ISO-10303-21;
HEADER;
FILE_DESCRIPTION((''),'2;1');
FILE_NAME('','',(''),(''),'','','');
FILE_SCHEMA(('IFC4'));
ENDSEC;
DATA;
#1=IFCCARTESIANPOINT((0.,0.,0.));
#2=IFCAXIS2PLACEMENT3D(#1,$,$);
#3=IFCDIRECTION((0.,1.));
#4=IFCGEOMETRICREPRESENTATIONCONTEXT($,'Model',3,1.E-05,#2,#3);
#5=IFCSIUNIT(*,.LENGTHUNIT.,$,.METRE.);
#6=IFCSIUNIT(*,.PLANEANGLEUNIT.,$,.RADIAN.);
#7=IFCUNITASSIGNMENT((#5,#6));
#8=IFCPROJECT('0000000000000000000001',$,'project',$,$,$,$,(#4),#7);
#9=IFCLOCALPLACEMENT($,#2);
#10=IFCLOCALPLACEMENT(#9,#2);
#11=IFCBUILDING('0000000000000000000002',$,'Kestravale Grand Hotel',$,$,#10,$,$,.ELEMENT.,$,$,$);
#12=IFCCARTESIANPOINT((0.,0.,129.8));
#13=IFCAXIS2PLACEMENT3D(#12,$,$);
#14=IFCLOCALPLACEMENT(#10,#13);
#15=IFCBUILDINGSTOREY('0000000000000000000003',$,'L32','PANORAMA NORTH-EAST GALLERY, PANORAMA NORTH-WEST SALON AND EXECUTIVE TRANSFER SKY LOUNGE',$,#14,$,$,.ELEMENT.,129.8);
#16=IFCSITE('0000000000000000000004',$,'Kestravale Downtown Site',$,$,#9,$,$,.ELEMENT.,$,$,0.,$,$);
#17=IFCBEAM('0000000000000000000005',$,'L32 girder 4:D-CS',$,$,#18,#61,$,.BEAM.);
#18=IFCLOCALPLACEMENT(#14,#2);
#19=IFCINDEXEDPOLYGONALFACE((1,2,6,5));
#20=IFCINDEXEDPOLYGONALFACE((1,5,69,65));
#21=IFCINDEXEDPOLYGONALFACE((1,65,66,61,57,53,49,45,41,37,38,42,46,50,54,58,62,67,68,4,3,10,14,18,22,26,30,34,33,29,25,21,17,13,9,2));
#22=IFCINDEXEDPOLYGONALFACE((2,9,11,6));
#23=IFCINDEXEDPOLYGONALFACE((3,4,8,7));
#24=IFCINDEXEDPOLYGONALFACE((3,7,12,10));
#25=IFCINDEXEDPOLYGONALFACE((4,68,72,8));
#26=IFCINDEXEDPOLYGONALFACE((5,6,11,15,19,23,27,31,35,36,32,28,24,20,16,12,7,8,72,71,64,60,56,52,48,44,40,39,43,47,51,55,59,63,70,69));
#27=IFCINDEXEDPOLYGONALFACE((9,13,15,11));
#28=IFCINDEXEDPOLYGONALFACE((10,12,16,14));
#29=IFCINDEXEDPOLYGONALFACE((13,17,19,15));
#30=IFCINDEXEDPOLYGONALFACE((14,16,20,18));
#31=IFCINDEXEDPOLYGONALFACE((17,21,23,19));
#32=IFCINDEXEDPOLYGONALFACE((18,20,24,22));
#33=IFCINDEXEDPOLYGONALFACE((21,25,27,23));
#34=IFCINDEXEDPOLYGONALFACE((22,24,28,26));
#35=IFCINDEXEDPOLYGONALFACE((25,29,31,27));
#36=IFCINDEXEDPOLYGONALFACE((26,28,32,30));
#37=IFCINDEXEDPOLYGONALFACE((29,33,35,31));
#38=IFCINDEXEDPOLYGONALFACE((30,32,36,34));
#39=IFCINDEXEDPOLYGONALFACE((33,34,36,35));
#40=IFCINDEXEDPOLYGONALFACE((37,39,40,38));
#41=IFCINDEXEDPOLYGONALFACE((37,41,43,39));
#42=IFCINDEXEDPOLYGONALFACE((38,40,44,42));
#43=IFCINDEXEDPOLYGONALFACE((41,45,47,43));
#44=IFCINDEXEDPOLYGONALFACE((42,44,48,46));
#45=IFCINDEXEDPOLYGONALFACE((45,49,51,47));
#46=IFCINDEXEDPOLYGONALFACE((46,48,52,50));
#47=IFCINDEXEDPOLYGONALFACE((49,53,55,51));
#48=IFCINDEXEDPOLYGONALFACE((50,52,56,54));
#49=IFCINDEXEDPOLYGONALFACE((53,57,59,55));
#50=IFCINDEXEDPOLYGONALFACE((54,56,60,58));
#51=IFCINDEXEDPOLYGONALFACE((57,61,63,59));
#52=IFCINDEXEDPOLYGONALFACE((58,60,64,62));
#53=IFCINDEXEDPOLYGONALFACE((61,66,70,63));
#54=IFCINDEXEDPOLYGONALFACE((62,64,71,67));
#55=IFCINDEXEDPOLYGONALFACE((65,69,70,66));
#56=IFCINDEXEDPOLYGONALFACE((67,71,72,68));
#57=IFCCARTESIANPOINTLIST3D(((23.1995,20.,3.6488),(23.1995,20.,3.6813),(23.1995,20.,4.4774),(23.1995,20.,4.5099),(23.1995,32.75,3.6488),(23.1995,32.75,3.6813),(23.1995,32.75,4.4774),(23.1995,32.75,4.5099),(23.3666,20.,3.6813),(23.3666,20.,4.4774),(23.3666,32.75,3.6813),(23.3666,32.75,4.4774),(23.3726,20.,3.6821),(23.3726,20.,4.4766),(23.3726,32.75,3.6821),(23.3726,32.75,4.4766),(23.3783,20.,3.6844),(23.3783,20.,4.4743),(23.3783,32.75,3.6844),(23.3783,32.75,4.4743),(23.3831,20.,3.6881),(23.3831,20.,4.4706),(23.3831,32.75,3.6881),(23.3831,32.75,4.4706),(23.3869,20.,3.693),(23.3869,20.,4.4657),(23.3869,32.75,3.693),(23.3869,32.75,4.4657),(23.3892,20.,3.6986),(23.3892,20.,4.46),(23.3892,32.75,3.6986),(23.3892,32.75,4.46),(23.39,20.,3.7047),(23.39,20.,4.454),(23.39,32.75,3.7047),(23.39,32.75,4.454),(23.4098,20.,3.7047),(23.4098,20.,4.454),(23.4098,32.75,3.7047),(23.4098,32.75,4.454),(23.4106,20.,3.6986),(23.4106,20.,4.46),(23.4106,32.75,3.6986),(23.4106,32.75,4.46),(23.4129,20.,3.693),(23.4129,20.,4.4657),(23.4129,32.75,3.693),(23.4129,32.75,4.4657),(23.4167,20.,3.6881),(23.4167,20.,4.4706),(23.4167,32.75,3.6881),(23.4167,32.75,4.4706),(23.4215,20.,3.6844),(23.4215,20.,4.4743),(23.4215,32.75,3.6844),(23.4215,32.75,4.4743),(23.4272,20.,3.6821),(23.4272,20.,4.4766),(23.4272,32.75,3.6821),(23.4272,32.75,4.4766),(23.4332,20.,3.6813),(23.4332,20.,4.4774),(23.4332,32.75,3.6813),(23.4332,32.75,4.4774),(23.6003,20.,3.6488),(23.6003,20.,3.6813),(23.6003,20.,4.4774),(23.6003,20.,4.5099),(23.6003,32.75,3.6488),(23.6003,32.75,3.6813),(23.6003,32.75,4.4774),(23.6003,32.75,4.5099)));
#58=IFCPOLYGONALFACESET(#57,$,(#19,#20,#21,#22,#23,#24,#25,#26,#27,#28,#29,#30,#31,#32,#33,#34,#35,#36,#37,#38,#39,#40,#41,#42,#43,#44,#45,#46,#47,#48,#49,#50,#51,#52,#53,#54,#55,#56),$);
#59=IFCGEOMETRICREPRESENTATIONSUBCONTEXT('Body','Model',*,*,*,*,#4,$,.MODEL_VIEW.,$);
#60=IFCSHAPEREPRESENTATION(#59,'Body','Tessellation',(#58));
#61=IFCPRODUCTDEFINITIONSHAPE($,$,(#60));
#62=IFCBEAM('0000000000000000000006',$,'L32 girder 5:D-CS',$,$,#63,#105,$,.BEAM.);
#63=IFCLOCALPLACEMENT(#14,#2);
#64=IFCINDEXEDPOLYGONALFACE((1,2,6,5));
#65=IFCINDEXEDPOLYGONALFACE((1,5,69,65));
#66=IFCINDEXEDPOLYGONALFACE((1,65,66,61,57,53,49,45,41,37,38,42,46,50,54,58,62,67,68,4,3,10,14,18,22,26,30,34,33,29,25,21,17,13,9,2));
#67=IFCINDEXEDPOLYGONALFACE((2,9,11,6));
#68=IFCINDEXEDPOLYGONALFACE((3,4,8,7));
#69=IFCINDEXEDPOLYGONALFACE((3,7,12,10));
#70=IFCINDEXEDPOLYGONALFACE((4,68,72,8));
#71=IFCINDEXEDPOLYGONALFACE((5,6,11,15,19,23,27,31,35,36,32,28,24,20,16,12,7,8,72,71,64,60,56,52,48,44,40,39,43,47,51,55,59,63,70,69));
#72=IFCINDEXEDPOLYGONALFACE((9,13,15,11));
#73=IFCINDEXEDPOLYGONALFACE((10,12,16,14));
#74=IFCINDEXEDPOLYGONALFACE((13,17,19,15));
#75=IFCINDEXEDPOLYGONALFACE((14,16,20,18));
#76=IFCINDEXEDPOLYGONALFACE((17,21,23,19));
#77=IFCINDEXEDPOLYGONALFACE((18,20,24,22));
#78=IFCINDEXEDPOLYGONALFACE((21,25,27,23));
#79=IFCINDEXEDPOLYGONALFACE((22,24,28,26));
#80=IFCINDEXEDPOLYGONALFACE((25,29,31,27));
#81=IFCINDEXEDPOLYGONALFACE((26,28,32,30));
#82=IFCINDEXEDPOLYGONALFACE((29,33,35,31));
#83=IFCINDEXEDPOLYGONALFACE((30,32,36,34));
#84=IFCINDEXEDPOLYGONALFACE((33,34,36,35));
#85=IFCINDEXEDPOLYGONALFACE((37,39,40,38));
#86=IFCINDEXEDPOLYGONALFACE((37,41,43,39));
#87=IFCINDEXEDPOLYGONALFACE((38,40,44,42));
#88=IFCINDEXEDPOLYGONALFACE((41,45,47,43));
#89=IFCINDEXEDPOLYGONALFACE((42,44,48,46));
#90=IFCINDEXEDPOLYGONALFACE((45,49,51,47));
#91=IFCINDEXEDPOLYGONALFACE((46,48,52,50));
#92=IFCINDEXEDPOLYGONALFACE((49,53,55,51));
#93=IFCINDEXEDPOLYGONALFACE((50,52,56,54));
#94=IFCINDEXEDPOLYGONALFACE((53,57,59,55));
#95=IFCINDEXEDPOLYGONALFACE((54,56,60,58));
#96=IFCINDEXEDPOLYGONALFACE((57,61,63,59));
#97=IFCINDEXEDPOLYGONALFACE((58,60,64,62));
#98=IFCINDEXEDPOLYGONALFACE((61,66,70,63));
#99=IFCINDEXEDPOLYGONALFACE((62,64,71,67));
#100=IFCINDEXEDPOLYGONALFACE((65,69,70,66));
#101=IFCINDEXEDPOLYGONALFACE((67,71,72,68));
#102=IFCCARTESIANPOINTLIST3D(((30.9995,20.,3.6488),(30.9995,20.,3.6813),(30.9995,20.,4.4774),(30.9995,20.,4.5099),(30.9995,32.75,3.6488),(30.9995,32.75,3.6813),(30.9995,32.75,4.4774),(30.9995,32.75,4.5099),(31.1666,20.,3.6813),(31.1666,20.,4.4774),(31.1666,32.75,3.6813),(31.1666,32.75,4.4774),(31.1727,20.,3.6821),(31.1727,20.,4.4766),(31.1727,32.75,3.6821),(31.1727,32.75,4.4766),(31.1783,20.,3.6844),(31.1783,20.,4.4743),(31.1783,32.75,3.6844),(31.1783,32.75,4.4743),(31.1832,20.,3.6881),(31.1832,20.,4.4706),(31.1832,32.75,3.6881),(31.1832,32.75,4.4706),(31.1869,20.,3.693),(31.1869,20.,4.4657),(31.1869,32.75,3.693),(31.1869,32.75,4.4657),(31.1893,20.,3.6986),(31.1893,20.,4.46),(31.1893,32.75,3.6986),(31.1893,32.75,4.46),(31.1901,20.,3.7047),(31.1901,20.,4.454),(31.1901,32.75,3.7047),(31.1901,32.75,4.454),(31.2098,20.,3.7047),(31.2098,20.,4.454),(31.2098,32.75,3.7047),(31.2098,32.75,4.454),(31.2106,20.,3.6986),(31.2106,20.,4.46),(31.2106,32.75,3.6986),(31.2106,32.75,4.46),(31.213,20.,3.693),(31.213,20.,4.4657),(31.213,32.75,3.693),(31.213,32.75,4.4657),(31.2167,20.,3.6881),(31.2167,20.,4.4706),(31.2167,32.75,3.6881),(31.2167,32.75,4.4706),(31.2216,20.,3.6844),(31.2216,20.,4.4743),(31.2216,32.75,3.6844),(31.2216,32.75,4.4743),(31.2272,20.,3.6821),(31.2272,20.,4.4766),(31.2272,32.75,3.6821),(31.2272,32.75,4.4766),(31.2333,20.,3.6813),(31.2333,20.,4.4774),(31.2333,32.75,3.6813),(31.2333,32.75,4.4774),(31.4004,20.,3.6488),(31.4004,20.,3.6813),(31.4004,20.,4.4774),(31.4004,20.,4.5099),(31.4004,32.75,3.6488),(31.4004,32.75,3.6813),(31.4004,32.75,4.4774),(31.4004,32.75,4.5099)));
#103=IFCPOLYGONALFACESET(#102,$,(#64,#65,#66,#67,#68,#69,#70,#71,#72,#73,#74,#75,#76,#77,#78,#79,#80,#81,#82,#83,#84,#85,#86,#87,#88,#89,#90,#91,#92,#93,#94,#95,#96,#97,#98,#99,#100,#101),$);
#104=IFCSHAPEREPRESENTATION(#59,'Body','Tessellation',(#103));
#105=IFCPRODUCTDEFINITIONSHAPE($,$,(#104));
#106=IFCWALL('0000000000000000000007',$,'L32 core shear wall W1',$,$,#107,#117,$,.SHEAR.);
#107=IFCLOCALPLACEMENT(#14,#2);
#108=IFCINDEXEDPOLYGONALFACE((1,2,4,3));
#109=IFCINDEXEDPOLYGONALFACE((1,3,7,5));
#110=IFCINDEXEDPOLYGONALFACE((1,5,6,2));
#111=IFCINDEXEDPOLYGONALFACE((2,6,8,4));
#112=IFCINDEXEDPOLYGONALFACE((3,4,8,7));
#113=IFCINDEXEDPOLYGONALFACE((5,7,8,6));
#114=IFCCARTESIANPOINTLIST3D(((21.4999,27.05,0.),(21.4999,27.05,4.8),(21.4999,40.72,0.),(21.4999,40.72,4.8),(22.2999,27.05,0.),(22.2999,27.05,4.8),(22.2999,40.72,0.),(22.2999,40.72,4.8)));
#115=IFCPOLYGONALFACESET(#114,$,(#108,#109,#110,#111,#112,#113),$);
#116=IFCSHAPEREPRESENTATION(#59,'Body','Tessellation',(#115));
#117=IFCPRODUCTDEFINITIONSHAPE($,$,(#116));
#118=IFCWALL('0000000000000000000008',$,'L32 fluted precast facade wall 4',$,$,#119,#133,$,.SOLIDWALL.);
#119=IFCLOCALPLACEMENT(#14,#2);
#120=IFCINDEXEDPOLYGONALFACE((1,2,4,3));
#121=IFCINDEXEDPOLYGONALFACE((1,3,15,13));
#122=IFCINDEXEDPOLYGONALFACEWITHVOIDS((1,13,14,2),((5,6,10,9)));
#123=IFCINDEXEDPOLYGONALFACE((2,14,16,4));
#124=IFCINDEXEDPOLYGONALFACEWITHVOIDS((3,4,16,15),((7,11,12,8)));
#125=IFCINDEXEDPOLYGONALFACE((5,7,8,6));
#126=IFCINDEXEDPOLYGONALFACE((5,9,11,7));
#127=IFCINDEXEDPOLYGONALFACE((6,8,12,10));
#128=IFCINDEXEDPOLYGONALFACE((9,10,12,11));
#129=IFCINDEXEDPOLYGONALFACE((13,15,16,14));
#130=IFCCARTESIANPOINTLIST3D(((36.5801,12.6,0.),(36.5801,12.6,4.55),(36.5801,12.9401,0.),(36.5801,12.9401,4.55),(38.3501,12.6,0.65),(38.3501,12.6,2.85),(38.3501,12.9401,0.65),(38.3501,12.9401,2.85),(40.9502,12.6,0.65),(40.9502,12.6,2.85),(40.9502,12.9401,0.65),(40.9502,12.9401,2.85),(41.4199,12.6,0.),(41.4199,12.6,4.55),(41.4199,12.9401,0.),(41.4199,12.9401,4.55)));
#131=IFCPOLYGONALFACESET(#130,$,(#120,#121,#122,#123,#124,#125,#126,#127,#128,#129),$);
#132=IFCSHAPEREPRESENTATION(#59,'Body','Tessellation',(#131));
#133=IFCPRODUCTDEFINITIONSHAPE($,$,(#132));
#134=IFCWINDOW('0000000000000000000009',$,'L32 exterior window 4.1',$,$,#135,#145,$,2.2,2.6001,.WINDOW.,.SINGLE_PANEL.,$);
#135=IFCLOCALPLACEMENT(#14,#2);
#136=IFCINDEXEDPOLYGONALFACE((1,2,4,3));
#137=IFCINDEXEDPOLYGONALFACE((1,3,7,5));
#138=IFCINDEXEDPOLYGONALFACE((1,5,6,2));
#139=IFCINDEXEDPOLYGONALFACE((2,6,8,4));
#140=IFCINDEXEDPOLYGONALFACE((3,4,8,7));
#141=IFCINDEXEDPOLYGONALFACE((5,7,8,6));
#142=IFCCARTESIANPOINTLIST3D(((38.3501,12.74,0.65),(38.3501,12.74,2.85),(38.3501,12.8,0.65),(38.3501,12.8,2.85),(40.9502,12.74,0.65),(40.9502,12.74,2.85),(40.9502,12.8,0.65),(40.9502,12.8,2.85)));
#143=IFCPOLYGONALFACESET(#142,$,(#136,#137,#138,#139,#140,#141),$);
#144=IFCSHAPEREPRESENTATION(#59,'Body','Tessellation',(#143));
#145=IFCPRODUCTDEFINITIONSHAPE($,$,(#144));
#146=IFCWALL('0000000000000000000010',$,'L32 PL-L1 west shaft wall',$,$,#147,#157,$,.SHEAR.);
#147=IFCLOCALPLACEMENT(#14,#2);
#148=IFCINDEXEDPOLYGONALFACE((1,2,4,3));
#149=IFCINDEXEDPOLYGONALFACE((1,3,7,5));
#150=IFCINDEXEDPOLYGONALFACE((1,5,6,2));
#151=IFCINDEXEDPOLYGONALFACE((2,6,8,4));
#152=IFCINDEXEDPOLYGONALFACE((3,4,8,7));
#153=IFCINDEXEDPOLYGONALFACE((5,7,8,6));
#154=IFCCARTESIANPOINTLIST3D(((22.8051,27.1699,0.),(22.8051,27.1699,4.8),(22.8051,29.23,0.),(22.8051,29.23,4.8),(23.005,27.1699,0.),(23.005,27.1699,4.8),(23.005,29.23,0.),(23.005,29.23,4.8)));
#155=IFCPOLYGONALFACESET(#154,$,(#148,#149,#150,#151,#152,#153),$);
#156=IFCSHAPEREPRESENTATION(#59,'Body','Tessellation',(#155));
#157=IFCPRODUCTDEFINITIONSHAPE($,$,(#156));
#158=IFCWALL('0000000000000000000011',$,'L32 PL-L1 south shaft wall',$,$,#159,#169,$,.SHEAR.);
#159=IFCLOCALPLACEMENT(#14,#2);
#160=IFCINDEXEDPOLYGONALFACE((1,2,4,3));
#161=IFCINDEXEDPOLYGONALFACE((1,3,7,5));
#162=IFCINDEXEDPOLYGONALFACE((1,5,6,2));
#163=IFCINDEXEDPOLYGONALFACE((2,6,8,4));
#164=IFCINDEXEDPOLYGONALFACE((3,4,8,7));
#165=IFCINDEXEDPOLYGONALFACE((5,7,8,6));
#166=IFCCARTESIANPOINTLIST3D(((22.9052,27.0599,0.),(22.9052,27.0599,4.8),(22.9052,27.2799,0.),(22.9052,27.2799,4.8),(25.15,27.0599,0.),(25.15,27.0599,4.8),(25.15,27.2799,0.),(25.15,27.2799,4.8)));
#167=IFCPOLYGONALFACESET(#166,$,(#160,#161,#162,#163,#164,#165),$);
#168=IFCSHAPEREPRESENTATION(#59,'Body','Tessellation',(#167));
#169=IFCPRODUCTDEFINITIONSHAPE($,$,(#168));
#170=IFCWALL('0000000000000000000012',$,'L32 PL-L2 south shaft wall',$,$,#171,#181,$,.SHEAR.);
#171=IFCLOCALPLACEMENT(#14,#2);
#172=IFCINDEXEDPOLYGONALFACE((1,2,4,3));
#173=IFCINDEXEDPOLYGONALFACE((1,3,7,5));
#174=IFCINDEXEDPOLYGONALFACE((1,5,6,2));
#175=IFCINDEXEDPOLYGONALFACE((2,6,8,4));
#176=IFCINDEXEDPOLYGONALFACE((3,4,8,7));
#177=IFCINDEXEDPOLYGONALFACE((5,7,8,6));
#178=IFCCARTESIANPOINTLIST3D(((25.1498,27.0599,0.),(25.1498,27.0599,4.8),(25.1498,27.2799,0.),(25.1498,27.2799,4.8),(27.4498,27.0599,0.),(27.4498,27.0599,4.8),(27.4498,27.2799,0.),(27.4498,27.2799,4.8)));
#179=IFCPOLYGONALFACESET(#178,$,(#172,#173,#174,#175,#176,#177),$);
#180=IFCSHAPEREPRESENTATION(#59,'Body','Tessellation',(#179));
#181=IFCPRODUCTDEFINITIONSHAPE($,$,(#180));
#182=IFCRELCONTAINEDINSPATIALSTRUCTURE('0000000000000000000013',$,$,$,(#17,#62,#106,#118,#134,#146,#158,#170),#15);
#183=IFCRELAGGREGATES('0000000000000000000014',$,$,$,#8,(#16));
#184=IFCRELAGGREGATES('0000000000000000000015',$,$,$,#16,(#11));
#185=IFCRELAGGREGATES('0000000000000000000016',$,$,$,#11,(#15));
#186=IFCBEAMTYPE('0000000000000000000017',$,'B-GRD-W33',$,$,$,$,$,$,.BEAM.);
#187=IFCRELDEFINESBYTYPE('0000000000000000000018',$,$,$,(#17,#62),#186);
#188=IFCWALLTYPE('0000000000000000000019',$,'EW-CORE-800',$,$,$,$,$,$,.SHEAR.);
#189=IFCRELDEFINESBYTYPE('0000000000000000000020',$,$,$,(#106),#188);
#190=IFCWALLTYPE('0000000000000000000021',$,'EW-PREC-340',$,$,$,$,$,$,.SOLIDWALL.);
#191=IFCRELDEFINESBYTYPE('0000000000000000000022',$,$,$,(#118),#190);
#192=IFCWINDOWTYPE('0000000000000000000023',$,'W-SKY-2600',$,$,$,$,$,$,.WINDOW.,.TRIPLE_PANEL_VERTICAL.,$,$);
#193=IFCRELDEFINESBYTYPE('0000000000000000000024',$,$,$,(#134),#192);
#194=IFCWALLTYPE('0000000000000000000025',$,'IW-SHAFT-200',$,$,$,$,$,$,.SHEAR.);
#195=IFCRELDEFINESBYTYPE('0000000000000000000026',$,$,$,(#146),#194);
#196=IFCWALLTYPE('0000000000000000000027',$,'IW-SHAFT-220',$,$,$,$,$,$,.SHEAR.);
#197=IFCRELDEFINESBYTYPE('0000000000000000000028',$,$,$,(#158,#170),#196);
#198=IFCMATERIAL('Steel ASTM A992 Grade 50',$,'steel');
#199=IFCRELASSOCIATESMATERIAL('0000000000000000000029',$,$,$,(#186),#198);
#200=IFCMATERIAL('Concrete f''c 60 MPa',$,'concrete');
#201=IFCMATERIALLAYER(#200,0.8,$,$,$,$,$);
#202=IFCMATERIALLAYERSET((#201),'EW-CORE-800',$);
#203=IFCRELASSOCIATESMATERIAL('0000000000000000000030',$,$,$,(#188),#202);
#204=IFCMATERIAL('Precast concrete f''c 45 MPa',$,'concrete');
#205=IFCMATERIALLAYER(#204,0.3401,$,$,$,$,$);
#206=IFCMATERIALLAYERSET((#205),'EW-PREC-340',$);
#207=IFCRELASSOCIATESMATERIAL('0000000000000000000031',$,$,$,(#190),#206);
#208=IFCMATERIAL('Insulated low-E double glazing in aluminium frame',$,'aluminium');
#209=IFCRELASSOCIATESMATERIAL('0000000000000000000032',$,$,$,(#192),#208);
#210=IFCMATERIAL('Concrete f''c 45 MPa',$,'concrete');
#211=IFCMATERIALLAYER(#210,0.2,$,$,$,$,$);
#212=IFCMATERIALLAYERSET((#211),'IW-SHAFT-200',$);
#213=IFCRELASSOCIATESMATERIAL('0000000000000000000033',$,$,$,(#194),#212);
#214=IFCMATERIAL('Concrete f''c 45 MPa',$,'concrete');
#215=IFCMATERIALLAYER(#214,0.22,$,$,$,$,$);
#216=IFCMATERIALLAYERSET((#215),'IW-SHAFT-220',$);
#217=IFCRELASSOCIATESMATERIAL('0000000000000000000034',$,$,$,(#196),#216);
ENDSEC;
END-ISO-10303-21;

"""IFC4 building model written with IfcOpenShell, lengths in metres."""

from ifc_helpers import new_model, si_unit, direction, frame, frame_2d, origin, origin_2d, place, context, subcontext, project, spatial, rectangle, i_section, extrude, material, layer, layer_set, material_profile, profile_set, type_object, element, fill, save


model = new_model("IFC4")

# Units and contexts
model_context = context("Model", 3, precision=1e-05, world=origin(), true_north=direction((0.0, 1.0)))
body_context = subcontext(model_context, "Body", "Model", "MODEL_VIEW")
ifc_project = project(units=[si_unit("LENGTHUNIT", "METRE"), si_unit("PLANEANGLEUNIT", "RADIAN")], contexts=[model_context])

# Site, building, storey
site_placement = place(None, origin())
site = spatial("IfcSite", under=ifc_project, at=site_placement, Name="Kestravale Downtown Site", CompositionType="ELEMENT", RefElevation=0.0)
building_placement = place(site_placement, origin())
building = spatial("IfcBuilding", under=site, at=building_placement, Name="Kestravale Grand Hotel", CompositionType="ELEMENT")
storey_placement = place(building_placement, frame((0.0, 0.0, 129.8)))
storey = spatial("IfcBuildingStorey", under=building, at=storey_placement, Name="L32", Description="PANORAMA NORTH-EAST GALLERY, PANORAMA NORTH-WEST SALON AND EXECUTIVE TRANSFER SKY LOUNGE", CompositionType="ELEMENT", Elevation=129.8)

# Beams
ifc_material_1 = material(Name="Steel ASTM A992 Grade 50", Category="steel")
ifc_material_profile_1 = material_profile(ifc_material_1, i_section(OverallWidth=0.4009, OverallDepth=0.8611, WebThickness=0.0198, FlangeThickness=0.0325, FilletRadius=0.0234, at=origin_2d()))
ifc_profile_set_1 = profile_set([ifc_material_profile_1], Name="Steel ASTM A992 Grade 50")
beam_type_1 = type_object("IfcBeamType", Name="B-GRD-W33", PredefinedType="BEAM", material=ifc_profile_set_1)
for number, where, z_axis, x_axis, name in (
    (1, (23.3999, 20.0, 4.0793), (0.0, 1.0, 0.0), (-1.0, 0.0, 0.0), "L32 girder 4:D-CS"),
    (2, (31.2, 20.0, 4.0793), (0.0, 1.0, 0.0), (-1.0, 0.0, 0.0), "L32 girder 5:D-CS"),
):
    element("IfcBeam", number, at=place(storey_placement, frame(where, z_axis=z_axis, x_axis=x_axis)), inside=storey, type_object=beam_type_1, Name=name, PredefinedType="BEAM", context=body_context, shape_type="SweptSolid", body=[
        extrude(i_section(OverallWidth=0.4009, OverallDepth=0.8611, WebThickness=0.0198, FlangeThickness=0.0325, FilletRadius=0.0234, at=origin_2d()), origin(), (0.0, 0.0, 1.0), 12.75),
    ])

# Wall
ifc_material_2 = material(Name="Concrete f'c 60 MPa", Category="concrete")
ifc_layer_1 = layer(ifc_material_2, 0.8)
ifc_layer_set_1 = layer_set([ifc_layer_1], Name="EW-CORE-800")
wall_type_1 = type_object("IfcWallType", Name="EW-CORE-800", PredefinedType="SHEAR", material=ifc_layer_set_1)
wall_1_placement = place(storey_placement, frame((21.8999, 27.05, 0.0), z_axis=(0.0, 0.0, 1.0), x_axis=(0.0, 1.0, 0.0)))
element("IfcWall", 3, at=wall_1_placement, inside=storey, type_object=wall_type_1, Name="L32 core shear wall W1", PredefinedType="SHEAR", context=body_context, shape_type="SweptSolid", body=[
    extrude(rectangle(XDim=13.6699, YDim=0.8, at=frame_2d((6.835, 0.0))), origin(), (0.0, 0.0, 1.0), 4.8),
])

# Wall, opening, window
ifc_material_3 = material(Name="Precast concrete f'c 45 MPa", Category="concrete")
ifc_layer_2 = layer(ifc_material_3, 0.3401)
ifc_layer_set_2 = layer_set([ifc_layer_2], Name="EW-PREC-340")
wall_type_2 = type_object("IfcWallType", Name="EW-PREC-340", PredefinedType="SOLIDWALL", material=ifc_layer_set_2)
wall_2_placement = place(storey_placement, frame((36.5801, 12.77, 0.0), z_axis=(0.0, 0.0, 1.0), x_axis=(1.0, 0.0, 0.0)))
wall_2 = element("IfcWall", 4, at=wall_2_placement, inside=storey, type_object=wall_type_2, Name="L32 fluted precast facade wall 4", PredefinedType="SOLIDWALL", context=body_context, shape_type="SweptSolid", body=[
    extrude(rectangle(XDim=4.8398, YDim=0.3401, at=frame_2d((2.4199, 0.0))), origin(), (0.0, 0.0, 1.0), 4.55),
])
opening_placement = place(wall_2_placement, frame((1.77, 0.0, 0.6499)))
opening = element("IfcOpeningElement", 5, at=opening_placement, cuts=wall_2, PredefinedType="OPENING", context=body_context, shape_type="SweptSolid", body=[
    extrude(rectangle(XDim=2.6001, YDim=2.2, at=frame_2d((1.3, 1.1001))), frame((0.0, 0.1799, 0.0), z_axis=(0.0, -1.0, 0.0), x_axis=(1.0, 0.0, 0.0)), (0.0, 0.0, 1.0), 0.3601),
])
ifc_material_4 = material(Name="Insulated low-E double glazing in aluminium frame", Category="aluminium")
window_type = type_object("IfcWindowType", Name="W-SKY-2600", PartitioningType="TRIPLE_PANEL_VERTICAL", PredefinedType="WINDOW", material=ifc_material_4)
window_placement = place(opening_placement, origin())
window = element("IfcWindow", 6, at=window_placement, inside=storey, type_object=window_type, Name="L32 exterior window 4.1", OverallHeight=2.2, OverallWidth=2.6001, PartitioningType="SINGLE_PANEL", PredefinedType="WINDOW", context=body_context, shape_type="SweptSolid", body=[
    extrude(rectangle(XDim=2.6001, YDim=2.2, at=frame_2d((1.3, 1.1001))), frame((0.0, 0.03, 0.0), z_axis=(0.0, -1.0, 0.0), x_axis=(1.0, 0.0, 0.0)), (0.0, 0.0, 1.0), 0.0601),
])
fill(opening, window)

# Walls
ifc_material_5 = material(Name="Concrete f'c 45 MPa", Category="concrete")
ifc_layer_3 = layer(ifc_material_5, 0.2)
ifc_layer_set_3 = layer_set([ifc_layer_3], Name="IW-SHAFT-200")
wall_type_3 = type_object("IfcWallType", Name="IW-SHAFT-200", PredefinedType="SHEAR", material=ifc_layer_set_3)
wall_3_placement = place(storey_placement, frame((22.905, 27.1699, 0.0), z_axis=(0.0, 0.0, 1.0), x_axis=(0.0, 1.0, 0.0)))
element("IfcWall", 7, at=wall_3_placement, inside=storey, type_object=wall_type_3, Name="L32 PL-L1 west shaft wall", PredefinedType="SHEAR", context=body_context, shape_type="SweptSolid", body=[
    extrude(rectangle(XDim=2.0601, YDim=0.2, at=frame_2d((1.03, 0.0))), origin(), (0.0, 0.0, 1.0), 4.8),
])
ifc_material_6 = material(Name="Concrete f'c 45 MPa", Category="concrete")
ifc_layer_4 = layer(ifc_material_6, 0.22)
ifc_layer_set_4 = layer_set([ifc_layer_4], Name="IW-SHAFT-220")
wall_type_4 = type_object("IfcWallType", Name="IW-SHAFT-220", PredefinedType="SHEAR", material=ifc_layer_set_4)
wall_4_placement = place(storey_placement, frame((22.905, 27.1699, 0.0), z_axis=(0.0, 0.0, 1.0), x_axis=(1.0, 0.0, 0.0)))
element("IfcWall", 8, at=wall_4_placement, inside=storey, type_object=wall_type_4, Name="L32 PL-L1 south shaft wall", PredefinedType="SHEAR", context=body_context, shape_type="SweptSolid", body=[
    extrude(rectangle(XDim=2.2449, YDim=0.22, at=frame_2d((1.1226, 0.0))), origin(), (0.0, 0.0, 1.0), 4.8),
])
wall_5_placement = place(storey_placement, frame((25.1499, 27.1699, 0.0), z_axis=(0.0, 0.0, 1.0), x_axis=(1.0, 0.0, 0.0)))
element("IfcWall", 9, at=wall_5_placement, inside=storey, type_object=wall_type_4, Name="L32 PL-L2 south shaft wall", PredefinedType="SHEAR", context=body_context, shape_type="SweptSolid", body=[
    extrude(rectangle(XDim=2.3, YDim=0.22, at=frame_2d((1.1499, 0.0))), origin(), (0.0, 0.0, 1.0), 4.8),
])

save(model, "model.ifc")
